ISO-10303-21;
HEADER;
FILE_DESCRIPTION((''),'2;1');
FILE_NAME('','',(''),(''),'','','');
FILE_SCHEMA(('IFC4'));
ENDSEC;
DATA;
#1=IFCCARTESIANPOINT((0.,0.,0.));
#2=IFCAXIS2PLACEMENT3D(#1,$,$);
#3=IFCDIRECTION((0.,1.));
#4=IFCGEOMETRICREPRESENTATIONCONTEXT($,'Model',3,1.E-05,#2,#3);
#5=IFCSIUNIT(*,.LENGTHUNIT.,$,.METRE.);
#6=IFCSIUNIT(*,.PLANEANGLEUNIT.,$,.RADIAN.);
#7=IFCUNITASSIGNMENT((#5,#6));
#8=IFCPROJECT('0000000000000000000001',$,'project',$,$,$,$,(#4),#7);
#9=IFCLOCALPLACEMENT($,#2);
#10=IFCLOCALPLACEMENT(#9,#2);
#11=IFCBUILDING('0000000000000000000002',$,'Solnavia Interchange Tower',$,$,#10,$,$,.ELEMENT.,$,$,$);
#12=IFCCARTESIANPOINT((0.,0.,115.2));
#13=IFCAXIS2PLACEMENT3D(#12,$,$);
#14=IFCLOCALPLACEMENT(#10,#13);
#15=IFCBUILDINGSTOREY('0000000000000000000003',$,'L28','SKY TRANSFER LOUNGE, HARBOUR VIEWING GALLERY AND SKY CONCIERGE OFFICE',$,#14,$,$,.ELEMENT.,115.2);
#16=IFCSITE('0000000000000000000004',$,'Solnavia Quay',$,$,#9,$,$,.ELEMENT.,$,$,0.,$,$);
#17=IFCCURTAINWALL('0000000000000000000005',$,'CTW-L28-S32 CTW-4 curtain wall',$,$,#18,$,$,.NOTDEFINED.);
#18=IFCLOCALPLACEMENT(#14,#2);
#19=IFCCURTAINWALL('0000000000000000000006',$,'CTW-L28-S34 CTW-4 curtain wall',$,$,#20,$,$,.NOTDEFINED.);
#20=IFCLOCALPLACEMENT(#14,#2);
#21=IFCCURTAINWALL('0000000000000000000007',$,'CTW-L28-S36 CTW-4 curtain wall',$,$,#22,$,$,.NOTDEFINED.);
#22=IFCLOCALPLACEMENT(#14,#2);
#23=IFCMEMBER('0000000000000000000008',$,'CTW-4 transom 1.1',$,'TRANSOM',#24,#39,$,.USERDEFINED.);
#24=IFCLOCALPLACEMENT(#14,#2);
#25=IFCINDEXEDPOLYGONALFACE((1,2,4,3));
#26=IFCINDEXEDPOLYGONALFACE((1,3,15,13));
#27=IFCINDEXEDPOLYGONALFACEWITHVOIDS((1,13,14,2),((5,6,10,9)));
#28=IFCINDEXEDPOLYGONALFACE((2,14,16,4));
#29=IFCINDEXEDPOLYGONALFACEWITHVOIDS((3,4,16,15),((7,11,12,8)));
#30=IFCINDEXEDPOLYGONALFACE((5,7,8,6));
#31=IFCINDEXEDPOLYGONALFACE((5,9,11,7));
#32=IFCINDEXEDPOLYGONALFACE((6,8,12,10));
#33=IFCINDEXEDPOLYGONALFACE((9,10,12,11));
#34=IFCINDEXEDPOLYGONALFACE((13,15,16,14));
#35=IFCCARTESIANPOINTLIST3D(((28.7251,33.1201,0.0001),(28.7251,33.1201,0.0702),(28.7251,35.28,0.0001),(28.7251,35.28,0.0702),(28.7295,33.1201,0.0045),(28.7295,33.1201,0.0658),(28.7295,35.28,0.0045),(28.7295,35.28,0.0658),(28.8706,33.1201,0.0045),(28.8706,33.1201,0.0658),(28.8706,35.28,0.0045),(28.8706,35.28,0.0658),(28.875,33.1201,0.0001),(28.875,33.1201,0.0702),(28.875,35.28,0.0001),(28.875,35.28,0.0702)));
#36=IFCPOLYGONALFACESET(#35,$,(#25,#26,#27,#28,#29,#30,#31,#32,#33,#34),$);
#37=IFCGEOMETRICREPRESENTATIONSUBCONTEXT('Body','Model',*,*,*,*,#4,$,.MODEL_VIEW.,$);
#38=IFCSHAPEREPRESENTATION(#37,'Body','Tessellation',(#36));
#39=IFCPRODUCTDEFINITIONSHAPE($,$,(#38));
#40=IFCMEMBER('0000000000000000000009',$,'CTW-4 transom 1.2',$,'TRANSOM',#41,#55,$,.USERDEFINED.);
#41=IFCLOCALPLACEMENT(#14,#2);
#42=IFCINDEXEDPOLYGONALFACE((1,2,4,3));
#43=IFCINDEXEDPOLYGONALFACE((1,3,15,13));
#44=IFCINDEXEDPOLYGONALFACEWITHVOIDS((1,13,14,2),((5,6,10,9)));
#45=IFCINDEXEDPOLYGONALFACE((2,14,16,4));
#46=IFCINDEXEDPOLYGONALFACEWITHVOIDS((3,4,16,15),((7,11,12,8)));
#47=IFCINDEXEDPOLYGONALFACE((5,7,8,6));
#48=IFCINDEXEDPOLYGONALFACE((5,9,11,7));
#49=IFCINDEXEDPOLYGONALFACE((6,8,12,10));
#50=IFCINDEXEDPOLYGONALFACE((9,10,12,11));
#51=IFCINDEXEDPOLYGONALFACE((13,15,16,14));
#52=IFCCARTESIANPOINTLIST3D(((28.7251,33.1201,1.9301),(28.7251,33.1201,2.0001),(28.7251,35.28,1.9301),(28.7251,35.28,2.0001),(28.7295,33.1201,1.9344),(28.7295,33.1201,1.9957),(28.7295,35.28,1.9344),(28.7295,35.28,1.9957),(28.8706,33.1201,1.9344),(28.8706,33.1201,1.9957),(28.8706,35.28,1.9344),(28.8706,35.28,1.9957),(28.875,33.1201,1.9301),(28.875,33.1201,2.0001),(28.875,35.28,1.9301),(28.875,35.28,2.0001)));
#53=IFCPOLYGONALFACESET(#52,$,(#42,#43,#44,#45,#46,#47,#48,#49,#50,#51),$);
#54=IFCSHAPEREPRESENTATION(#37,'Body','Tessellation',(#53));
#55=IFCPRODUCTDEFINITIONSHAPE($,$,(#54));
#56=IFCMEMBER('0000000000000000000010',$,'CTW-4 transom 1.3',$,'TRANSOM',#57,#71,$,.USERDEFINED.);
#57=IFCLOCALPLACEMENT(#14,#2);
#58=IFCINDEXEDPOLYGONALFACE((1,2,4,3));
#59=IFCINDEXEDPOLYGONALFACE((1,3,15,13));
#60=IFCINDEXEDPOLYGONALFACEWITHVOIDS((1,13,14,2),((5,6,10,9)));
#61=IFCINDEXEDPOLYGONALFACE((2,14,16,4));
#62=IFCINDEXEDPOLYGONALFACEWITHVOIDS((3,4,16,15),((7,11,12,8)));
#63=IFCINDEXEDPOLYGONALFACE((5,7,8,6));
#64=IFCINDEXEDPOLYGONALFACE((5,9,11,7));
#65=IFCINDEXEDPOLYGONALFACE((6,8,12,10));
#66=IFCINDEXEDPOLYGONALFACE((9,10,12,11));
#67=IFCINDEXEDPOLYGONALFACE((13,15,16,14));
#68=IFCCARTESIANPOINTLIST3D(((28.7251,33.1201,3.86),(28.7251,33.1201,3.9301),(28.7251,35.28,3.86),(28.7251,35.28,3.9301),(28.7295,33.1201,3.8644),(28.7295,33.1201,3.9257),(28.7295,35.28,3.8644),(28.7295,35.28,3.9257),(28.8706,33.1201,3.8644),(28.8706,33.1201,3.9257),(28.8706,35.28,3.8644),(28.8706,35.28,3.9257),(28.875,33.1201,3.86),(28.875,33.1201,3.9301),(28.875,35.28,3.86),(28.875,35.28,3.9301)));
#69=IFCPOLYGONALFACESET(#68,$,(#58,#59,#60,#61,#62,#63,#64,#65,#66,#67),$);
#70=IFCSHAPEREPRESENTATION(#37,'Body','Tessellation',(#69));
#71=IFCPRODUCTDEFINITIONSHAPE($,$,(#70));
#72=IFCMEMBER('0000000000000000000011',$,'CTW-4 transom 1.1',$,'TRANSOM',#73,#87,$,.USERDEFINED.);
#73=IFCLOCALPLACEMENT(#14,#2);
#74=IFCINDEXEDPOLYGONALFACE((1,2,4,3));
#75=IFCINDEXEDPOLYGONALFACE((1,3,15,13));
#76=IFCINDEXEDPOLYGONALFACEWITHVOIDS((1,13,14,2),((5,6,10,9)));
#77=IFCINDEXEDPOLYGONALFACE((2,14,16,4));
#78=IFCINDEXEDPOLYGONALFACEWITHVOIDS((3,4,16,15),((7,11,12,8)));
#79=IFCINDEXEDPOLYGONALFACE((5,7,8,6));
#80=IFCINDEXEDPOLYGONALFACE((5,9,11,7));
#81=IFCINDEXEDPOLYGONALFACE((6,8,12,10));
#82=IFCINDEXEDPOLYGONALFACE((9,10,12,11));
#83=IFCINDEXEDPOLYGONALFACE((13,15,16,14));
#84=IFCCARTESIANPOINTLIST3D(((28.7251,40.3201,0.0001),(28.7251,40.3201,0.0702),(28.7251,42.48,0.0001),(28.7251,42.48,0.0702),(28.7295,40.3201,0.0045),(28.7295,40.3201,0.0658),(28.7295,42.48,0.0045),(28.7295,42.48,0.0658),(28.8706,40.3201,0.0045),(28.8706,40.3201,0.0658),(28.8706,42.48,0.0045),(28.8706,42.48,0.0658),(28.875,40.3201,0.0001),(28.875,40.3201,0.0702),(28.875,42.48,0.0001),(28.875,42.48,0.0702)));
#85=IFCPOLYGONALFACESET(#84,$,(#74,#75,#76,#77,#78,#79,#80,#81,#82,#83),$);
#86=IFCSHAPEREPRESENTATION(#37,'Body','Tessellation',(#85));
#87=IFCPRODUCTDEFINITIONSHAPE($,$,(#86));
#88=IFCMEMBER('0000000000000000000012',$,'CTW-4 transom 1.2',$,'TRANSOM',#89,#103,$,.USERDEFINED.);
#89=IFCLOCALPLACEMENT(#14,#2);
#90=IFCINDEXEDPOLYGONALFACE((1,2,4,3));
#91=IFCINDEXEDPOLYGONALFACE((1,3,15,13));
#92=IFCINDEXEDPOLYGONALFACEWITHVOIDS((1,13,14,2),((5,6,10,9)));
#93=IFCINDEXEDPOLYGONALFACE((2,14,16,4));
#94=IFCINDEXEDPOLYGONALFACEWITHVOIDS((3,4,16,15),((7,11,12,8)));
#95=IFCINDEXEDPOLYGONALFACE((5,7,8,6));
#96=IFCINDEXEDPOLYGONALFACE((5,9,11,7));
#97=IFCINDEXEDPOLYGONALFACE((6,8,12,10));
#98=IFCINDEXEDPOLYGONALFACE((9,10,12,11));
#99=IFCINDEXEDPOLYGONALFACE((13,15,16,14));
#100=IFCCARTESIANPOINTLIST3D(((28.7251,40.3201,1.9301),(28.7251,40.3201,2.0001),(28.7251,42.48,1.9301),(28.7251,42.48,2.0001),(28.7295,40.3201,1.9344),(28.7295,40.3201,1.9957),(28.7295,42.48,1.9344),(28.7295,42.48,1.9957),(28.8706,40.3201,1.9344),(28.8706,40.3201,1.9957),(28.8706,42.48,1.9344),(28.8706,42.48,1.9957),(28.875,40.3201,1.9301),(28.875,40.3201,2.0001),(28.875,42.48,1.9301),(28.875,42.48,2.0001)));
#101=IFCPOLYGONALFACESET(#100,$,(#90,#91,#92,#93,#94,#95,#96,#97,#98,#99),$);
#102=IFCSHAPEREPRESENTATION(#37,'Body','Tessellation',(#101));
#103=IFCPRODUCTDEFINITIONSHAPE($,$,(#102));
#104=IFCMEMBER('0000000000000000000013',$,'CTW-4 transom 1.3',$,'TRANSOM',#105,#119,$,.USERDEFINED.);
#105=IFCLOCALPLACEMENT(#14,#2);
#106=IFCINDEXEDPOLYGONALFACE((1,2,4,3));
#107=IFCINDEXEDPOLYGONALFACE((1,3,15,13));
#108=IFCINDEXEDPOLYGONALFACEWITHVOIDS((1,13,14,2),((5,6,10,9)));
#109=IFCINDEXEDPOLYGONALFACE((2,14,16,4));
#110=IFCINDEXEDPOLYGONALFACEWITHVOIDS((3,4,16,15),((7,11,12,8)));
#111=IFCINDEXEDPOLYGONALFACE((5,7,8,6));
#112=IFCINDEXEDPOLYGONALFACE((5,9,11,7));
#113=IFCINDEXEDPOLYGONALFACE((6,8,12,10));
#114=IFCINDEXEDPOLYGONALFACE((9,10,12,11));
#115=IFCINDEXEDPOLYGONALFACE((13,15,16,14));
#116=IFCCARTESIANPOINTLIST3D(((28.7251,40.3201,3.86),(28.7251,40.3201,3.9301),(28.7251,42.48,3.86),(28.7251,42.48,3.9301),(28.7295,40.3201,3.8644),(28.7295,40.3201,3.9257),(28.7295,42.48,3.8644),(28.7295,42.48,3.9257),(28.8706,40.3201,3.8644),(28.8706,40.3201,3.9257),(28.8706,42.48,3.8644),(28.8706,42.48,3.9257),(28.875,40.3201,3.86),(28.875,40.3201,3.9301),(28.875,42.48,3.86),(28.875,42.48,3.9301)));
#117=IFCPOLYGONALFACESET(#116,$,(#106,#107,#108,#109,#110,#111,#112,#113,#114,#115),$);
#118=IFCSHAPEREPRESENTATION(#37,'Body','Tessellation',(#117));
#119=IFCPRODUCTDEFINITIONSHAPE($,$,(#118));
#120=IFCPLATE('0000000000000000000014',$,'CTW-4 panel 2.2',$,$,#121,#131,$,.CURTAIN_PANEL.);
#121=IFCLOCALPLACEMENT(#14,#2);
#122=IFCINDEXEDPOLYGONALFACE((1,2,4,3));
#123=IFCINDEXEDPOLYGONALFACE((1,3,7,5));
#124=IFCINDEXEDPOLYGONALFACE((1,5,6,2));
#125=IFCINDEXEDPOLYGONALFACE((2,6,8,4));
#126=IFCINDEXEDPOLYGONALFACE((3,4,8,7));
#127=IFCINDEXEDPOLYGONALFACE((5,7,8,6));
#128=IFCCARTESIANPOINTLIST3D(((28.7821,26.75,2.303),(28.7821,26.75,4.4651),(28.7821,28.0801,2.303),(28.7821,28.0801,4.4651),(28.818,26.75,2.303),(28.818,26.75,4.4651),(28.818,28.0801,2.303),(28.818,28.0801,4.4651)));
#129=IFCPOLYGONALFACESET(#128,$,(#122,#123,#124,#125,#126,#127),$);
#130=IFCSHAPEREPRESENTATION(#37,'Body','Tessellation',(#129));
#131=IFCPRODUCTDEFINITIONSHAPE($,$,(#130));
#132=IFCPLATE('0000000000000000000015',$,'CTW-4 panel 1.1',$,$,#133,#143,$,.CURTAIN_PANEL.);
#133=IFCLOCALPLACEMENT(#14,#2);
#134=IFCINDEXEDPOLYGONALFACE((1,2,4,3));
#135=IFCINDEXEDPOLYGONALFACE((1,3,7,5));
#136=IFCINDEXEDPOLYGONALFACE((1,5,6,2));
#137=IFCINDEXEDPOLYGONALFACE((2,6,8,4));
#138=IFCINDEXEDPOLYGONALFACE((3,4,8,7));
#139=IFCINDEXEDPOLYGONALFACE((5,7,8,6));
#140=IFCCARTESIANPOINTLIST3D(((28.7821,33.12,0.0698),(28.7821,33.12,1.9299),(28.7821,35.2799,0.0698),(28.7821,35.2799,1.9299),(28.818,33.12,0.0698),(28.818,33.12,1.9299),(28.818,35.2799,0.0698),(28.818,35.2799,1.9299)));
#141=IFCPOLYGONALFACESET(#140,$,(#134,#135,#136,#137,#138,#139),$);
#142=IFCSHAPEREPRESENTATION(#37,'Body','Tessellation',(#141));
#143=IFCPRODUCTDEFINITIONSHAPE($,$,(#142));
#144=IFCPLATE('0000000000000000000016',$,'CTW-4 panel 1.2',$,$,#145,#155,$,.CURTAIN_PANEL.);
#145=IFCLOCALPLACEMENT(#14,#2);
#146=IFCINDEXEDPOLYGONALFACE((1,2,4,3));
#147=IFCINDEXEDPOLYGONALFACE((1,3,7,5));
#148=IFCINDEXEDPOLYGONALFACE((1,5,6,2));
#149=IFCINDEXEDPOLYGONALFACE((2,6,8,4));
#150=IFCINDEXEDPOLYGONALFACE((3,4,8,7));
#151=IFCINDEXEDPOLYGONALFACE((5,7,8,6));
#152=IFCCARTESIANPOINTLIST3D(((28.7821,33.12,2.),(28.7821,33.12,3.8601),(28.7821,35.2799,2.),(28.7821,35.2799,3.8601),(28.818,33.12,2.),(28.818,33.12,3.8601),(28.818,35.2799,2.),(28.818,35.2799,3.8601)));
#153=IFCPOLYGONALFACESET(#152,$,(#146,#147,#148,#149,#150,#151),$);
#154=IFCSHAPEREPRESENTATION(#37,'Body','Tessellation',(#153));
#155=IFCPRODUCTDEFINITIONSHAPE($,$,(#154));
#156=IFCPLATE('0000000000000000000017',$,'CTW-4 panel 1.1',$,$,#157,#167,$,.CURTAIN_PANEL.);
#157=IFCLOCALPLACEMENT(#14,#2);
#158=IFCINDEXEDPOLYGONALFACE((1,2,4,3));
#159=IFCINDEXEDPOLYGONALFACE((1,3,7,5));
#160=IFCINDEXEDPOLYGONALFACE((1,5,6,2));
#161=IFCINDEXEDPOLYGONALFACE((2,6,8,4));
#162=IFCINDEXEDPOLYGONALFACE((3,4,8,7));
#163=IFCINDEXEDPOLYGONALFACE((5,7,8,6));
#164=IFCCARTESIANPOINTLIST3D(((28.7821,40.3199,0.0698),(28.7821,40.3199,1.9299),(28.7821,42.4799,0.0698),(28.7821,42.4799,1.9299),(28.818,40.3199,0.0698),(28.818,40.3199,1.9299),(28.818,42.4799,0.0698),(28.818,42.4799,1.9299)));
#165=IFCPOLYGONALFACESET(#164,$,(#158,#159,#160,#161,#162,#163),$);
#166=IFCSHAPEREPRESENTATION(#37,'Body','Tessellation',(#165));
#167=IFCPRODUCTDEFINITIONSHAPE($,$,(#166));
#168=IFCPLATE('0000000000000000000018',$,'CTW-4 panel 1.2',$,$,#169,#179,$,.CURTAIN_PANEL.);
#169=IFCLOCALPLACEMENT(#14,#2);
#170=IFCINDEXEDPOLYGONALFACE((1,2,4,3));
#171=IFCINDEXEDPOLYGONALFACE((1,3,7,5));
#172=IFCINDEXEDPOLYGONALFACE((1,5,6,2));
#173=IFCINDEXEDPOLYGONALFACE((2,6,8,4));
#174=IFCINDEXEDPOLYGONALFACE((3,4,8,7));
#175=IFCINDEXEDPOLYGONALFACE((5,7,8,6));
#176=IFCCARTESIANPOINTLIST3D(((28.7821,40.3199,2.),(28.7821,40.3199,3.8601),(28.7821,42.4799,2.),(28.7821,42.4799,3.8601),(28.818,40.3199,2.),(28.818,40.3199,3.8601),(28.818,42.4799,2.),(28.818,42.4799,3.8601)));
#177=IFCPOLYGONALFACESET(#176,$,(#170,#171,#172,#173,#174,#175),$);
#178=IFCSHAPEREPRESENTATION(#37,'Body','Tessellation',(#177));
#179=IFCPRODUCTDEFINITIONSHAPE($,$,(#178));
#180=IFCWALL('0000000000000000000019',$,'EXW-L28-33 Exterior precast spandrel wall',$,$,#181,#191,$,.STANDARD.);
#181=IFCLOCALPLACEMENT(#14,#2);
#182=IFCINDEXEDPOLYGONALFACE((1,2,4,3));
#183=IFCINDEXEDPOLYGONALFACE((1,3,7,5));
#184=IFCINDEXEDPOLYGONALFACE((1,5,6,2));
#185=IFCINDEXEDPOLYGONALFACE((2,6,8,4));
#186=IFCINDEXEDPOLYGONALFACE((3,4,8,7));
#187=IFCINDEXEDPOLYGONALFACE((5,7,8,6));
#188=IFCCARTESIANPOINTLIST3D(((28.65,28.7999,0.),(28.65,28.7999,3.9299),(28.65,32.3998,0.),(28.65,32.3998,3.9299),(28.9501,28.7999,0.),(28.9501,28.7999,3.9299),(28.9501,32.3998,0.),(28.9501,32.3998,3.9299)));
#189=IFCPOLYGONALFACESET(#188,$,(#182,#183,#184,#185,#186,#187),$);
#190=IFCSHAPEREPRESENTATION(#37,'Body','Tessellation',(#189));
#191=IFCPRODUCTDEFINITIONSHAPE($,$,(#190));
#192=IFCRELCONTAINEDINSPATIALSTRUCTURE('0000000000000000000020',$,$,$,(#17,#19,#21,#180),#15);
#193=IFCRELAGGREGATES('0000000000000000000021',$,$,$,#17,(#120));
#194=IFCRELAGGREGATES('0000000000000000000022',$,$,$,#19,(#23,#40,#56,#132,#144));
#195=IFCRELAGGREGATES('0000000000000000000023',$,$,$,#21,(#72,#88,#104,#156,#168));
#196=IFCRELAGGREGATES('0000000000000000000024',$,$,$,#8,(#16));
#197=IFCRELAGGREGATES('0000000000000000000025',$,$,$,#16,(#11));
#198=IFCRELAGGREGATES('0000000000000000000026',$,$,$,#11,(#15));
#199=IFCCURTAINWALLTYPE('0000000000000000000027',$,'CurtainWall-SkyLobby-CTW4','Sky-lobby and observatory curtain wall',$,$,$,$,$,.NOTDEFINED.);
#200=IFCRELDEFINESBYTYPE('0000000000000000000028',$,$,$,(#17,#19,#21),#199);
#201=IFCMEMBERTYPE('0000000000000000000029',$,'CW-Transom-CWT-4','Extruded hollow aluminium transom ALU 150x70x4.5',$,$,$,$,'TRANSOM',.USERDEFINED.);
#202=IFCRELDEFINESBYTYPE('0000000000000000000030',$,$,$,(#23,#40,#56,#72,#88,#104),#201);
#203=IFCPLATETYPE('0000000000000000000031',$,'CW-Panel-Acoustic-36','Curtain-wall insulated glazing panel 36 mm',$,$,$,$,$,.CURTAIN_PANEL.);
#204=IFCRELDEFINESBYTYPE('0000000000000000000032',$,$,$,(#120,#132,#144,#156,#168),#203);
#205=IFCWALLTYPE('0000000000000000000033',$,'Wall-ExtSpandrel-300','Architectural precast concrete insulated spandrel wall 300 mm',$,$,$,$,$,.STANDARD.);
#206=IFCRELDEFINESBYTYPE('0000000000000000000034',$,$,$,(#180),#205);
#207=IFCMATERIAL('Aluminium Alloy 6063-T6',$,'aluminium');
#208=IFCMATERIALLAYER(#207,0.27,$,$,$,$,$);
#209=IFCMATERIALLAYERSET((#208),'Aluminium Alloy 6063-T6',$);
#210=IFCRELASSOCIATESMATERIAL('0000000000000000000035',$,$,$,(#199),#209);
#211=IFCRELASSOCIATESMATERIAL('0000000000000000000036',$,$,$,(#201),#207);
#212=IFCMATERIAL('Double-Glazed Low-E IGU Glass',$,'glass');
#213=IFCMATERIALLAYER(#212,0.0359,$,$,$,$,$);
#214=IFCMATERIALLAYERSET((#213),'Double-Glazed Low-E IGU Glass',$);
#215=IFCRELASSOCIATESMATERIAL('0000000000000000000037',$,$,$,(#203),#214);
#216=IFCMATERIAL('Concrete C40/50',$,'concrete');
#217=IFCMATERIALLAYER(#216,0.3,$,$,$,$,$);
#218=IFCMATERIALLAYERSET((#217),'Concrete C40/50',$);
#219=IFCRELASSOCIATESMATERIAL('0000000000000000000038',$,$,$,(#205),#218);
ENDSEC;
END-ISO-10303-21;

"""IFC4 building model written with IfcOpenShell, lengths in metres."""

from ifc_helpers import new_model, si_unit, direction, frame, frame_2d, origin, origin_2d, place, context, subcontext, project, spatial, rectangle, hollow_rectangle, extrude, material, layer, layer_set, material_profile, profile_set, type_object, element, aggregate, save


model = new_model("IFC4")

# Units and contexts
model_context = context("Model", 3, precision=1e-05, world=origin(), true_north=direction((0.0, 1.0)))
body_context = subcontext(model_context, "Body", "Model", "MODEL_VIEW")
ifc_project = project(units=[si_unit("LENGTHUNIT", "METRE"), si_unit("PLANEANGLEUNIT", "RADIAN")], contexts=[model_context])

# Site, building, storey
site_placement = place(None, origin())
site = spatial("IfcSite", under=ifc_project, at=site_placement, Name="Solnavia Quay", CompositionType="ELEMENT", RefElevation=0.0)
building_placement = place(site_placement, origin())
building = spatial("IfcBuilding", under=site, at=building_placement, Name="Solnavia Interchange Tower", CompositionType="ELEMENT")
storey_placement = place(building_placement, frame((0.0, 0.0, 115.2)))
storey = spatial("IfcBuildingStorey", under=building, at=storey_placement, Name="L28", Description="SKY TRANSFER LOUNGE, HARBOUR VIEWING GALLERY AND SKY CONCIERGE OFFICE", CompositionType="ELEMENT", Elevation=115.2)

# Curtain wall
ifc_material_1 = material(Name="Aluminium Alloy 6063-T6", Category="aluminium")
ifc_layer_1 = layer(ifc_material_1, 0.27)
ifc_layer_set_1 = layer_set([ifc_layer_1], Name="Aluminium Alloy 6063-T6")
curtain_wall_type = type_object("IfcCurtainWallType", Name="CurtainWall-SkyLobby-CTW4", Description="Sky-lobby and observatory curtain wall", PredefinedType="NOTDEFINED", material=ifc_layer_set_1)
curtain_wall_1_placement = place(storey_placement, origin())
curtain_wall_1 = element("IfcCurtainWall", 1, at=curtain_wall_1_placement, inside=storey, type_object=curtain_wall_type, Name="CTW-L28-S32 CTW-4 curtain wall", PredefinedType="NOTDEFINED")

# Curtain walls
curtain_wall_2_placement = place(storey_placement, origin())
curtain_wall_2 = element("IfcCurtainWall", 2, at=curtain_wall_2_placement, inside=storey, type_object=curtain_wall_type, Name="CTW-L28-S34 CTW-4 curtain wall", PredefinedType="NOTDEFINED")
curtain_wall_3_placement = place(storey_placement, origin())
curtain_wall_3 = element("IfcCurtainWall", 3, at=curtain_wall_3_placement, inside=storey, type_object=curtain_wall_type, Name="CTW-L28-S36 CTW-4 curtain wall", PredefinedType="NOTDEFINED")

# Members
ifc_material_profile_1 = material_profile(ifc_material_1, hollow_rectangle(XDim=0.0701, YDim=0.1499, WallThickness=0.0044, at=origin_2d()), Name="ALU 150x70x4.5")
ifc_profile_set_1 = profile_set([ifc_material_profile_1], Name="Aluminium Alloy 6063-T6")
member_type_1 = type_object("IfcMemberType", Name="CW-Transom-CWT-4", Description="Extruded hollow aluminium transom ALU 150x70x4.5", ElementType="TRANSOM", PredefinedType="USERDEFINED", material=ifc_profile_set_1)
member_1_placement = place(storey_placement, frame((28.8, 33.1201, 0.0352), z_axis=(0.0, 1.0, 0.0), x_axis=(0.0, 0.0, 1.0)))
member_1 = element("IfcMember", 4, at=member_1_placement, type_object=member_type_1, Name="CTW-4 transom 1.1", ObjectType="TRANSOM", PredefinedType="USERDEFINED", context=body_context, shape_type="SweptSolid", body=[
    extrude(hollow_rectangle(XDim=0.0701, YDim=0.1499, WallThickness=0.0044, at=origin_2d()), origin(), (0.0, 0.0, 1.0), 2.1599),
])
member_2_placement = place(storey_placement, frame((28.8, 33.1201, 1.9651), z_axis=(0.0, 1.0, 0.0), x_axis=(0.0, 0.0, 1.0)))
member_2 = element("IfcMember", 5, at=member_2_placement, type_object=member_type_1, Name="CTW-4 transom 1.2", ObjectType="TRANSOM", PredefinedType="USERDEFINED", context=body_context, shape_type="SweptSolid", body=[
    extrude(hollow_rectangle(XDim=0.0701, YDim=0.1499, WallThickness=0.0044, at=origin_2d()), origin(), (0.0, 0.0, 1.0), 2.1599),
])
member_3_placement = place(storey_placement, frame((28.8, 33.1201, 3.895), z_axis=(0.0, 1.0, 0.0), x_axis=(0.0, 0.0, 1.0)))
member_3 = element("IfcMember", 6, at=member_3_placement, type_object=member_type_1, Name="CTW-4 transom 1.3", ObjectType="TRANSOM", PredefinedType="USERDEFINED", context=body_context, shape_type="SweptSolid", body=[
    extrude(hollow_rectangle(XDim=0.0701, YDim=0.1499, WallThickness=0.0044, at=origin_2d()), origin(), (0.0, 0.0, 1.0), 2.1599),
])
member_4_placement = place(storey_placement, frame((28.8, 40.3201, 0.0352), z_axis=(0.0, 1.0, 0.0), x_axis=(0.0, 0.0, 1.0)))
member_4 = element("IfcMember", 7, at=member_4_placement, type_object=member_type_1, Name="CTW-4 transom 1.1", ObjectType="TRANSOM", PredefinedType="USERDEFINED", context=body_context, shape_type="SweptSolid", body=[
    extrude(hollow_rectangle(XDim=0.0701, YDim=0.1499, WallThickness=0.0044, at=origin_2d()), origin(), (0.0, 0.0, 1.0), 2.1599),
])
member_5_placement = place(storey_placement, frame((28.8, 40.3201, 1.9651), z_axis=(0.0, 1.0, 0.0), x_axis=(0.0, 0.0, 1.0)))
member_5 = element("IfcMember", 8, at=member_5_placement, type_object=member_type_1, Name="CTW-4 transom 1.2", ObjectType="TRANSOM", PredefinedType="USERDEFINED", context=body_context, shape_type="SweptSolid", body=[
    extrude(hollow_rectangle(XDim=0.0701, YDim=0.1499, WallThickness=0.0044, at=origin_2d()), origin(), (0.0, 0.0, 1.0), 2.1599),
])
member_6_placement = place(storey_placement, frame((28.8, 40.3201, 3.895), z_axis=(0.0, 1.0, 0.0), x_axis=(0.0, 0.0, 1.0)))
member_6 = element("IfcMember", 9, at=member_6_placement, type_object=member_type_1, Name="CTW-4 transom 1.3", ObjectType="TRANSOM", PredefinedType="USERDEFINED", context=body_context, shape_type="SweptSolid", body=[
    extrude(hollow_rectangle(XDim=0.0701, YDim=0.1499, WallThickness=0.0044, at=origin_2d()), origin(), (0.0, 0.0, 1.0), 2.1599),
])

# Plates
ifc_material_2 = material(Name="Double-Glazed Low-E IGU Glass", Category="glass")
ifc_layer_2 = layer(ifc_material_2, 0.0359)
ifc_layer_set_2 = layer_set([ifc_layer_2], Name="Double-Glazed Low-E IGU Glass")
plate_type = type_object("IfcPlateType", Name="CW-Panel-Acoustic-36", Description="Curtain-wall insulated glazing panel 36 mm", PredefinedType="CURTAIN_PANEL", material=ifc_layer_set_2)
plate_1_placement = place(storey_placement, frame((28.8, 27.415, 2.303), z_axis=(0.0, 0.0, 1.0), x_axis=(0.0, 1.0, 0.0)))
plate_1 = element("IfcPlate", 10, at=plate_1_placement, type_object=plate_type, Name="CTW-4 panel 2.2", PredefinedType="CURTAIN_PANEL", context=body_context, shape_type="SweptSolid", body=[
    extrude(rectangle(XDim=1.3301, YDim=0.0359, at=origin_2d()), origin(), (0.0, 0.0, 1.0), 2.1621),
])
aggregate(curtain_wall_1, [plate_1])
plate_2_placement = place(storey_placement, frame((28.8, 34.2, 0.0698), z_axis=(0.0, 0.0, 1.0), x_axis=(0.0, 1.0, 0.0)))
plate_2 = element("IfcPlate", 11, at=plate_2_placement, type_object=plate_type, Name="CTW-4 panel 1.1", PredefinedType="CURTAIN_PANEL", context=body_context, shape_type="SweptSolid", body=[
    extrude(rectangle(XDim=2.1599, YDim=0.0359, at=origin_2d()), origin(), (0.0, 0.0, 1.0), 1.8601),
])
plate_3_placement = place(storey_placement, frame((28.8, 34.2, 2.0), z_axis=(0.0, 0.0, 1.0), x_axis=(0.0, 1.0, 0.0)))
plate_3 = element("IfcPlate", 12, at=plate_3_placement, type_object=plate_type, Name="CTW-4 panel 1.2", PredefinedType="CURTAIN_PANEL", context=body_context, shape_type="SweptSolid", body=[
    extrude(rectangle(XDim=2.1599, YDim=0.0359, at=origin_2d()), origin(), (0.0, 0.0, 1.0), 1.8601),
])
aggregate(curtain_wall_2, [member_1, member_2, member_3, plate_2, plate_3])
plate_4_placement = place(storey_placement, frame((28.8, 41.3999, 0.0698), z_axis=(0.0, 0.0, 1.0), x_axis=(0.0, 1.0, 0.0)))
plate_4 = element("IfcPlate", 13, at=plate_4_placement, type_object=plate_type, Name="CTW-4 panel 1.1", PredefinedType="CURTAIN_PANEL", context=body_context, shape_type="SweptSolid", body=[
    extrude(rectangle(XDim=2.1599, YDim=0.0359, at=origin_2d()), origin(), (0.0, 0.0, 1.0), 1.8601),
])
plate_5_placement = place(storey_placement, frame((28.8, 41.3999, 2.0), z_axis=(0.0, 0.0, 1.0), x_axis=(0.0, 1.0, 0.0)))
plate_5 = element("IfcPlate", 14, at=plate_5_placement, type_object=plate_type, Name="CTW-4 panel 1.2", PredefinedType="CURTAIN_PANEL", context=body_context, shape_type="SweptSolid", body=[
    extrude(rectangle(XDim=2.1599, YDim=0.0359, at=origin_2d()), origin(), (0.0, 0.0, 1.0), 1.8601),
])
aggregate(curtain_wall_3, [member_4, member_5, member_6, plate_4, plate_5])

# Wall
ifc_material_3 = material(Name="Concrete C40/50", Category="concrete")
ifc_layer_3 = layer(ifc_material_3, 0.3)
ifc_layer_set_3 = layer_set([ifc_layer_3], Name="Concrete C40/50")
wall_type = type_object("IfcWallType", Name="Wall-ExtSpandrel-300", Description="Architectural precast concrete insulated spandrel wall 300 mm", PredefinedType="STANDARD", material=ifc_layer_set_3)
wall_1_placement = place(storey_placement, frame((28.8, 28.8, 0.0), z_axis=(0.0, 0.0, 1.0), x_axis=(0.0, 1.0, 0.0)))
element("IfcWall", 15, at=wall_1_placement, inside=storey, type_object=wall_type, Name="EXW-L28-33 Exterior precast spandrel wall", PredefinedType="STANDARD", context=body_context, shape_type="SweptSolid", body=[
    extrude(rectangle(XDim=3.5999, YDim=0.3, at=frame_2d((1.7998, 0.0))), origin(), (0.0, 0.0, 1.0), 3.9299),
])

save(model, "model.ifc")
